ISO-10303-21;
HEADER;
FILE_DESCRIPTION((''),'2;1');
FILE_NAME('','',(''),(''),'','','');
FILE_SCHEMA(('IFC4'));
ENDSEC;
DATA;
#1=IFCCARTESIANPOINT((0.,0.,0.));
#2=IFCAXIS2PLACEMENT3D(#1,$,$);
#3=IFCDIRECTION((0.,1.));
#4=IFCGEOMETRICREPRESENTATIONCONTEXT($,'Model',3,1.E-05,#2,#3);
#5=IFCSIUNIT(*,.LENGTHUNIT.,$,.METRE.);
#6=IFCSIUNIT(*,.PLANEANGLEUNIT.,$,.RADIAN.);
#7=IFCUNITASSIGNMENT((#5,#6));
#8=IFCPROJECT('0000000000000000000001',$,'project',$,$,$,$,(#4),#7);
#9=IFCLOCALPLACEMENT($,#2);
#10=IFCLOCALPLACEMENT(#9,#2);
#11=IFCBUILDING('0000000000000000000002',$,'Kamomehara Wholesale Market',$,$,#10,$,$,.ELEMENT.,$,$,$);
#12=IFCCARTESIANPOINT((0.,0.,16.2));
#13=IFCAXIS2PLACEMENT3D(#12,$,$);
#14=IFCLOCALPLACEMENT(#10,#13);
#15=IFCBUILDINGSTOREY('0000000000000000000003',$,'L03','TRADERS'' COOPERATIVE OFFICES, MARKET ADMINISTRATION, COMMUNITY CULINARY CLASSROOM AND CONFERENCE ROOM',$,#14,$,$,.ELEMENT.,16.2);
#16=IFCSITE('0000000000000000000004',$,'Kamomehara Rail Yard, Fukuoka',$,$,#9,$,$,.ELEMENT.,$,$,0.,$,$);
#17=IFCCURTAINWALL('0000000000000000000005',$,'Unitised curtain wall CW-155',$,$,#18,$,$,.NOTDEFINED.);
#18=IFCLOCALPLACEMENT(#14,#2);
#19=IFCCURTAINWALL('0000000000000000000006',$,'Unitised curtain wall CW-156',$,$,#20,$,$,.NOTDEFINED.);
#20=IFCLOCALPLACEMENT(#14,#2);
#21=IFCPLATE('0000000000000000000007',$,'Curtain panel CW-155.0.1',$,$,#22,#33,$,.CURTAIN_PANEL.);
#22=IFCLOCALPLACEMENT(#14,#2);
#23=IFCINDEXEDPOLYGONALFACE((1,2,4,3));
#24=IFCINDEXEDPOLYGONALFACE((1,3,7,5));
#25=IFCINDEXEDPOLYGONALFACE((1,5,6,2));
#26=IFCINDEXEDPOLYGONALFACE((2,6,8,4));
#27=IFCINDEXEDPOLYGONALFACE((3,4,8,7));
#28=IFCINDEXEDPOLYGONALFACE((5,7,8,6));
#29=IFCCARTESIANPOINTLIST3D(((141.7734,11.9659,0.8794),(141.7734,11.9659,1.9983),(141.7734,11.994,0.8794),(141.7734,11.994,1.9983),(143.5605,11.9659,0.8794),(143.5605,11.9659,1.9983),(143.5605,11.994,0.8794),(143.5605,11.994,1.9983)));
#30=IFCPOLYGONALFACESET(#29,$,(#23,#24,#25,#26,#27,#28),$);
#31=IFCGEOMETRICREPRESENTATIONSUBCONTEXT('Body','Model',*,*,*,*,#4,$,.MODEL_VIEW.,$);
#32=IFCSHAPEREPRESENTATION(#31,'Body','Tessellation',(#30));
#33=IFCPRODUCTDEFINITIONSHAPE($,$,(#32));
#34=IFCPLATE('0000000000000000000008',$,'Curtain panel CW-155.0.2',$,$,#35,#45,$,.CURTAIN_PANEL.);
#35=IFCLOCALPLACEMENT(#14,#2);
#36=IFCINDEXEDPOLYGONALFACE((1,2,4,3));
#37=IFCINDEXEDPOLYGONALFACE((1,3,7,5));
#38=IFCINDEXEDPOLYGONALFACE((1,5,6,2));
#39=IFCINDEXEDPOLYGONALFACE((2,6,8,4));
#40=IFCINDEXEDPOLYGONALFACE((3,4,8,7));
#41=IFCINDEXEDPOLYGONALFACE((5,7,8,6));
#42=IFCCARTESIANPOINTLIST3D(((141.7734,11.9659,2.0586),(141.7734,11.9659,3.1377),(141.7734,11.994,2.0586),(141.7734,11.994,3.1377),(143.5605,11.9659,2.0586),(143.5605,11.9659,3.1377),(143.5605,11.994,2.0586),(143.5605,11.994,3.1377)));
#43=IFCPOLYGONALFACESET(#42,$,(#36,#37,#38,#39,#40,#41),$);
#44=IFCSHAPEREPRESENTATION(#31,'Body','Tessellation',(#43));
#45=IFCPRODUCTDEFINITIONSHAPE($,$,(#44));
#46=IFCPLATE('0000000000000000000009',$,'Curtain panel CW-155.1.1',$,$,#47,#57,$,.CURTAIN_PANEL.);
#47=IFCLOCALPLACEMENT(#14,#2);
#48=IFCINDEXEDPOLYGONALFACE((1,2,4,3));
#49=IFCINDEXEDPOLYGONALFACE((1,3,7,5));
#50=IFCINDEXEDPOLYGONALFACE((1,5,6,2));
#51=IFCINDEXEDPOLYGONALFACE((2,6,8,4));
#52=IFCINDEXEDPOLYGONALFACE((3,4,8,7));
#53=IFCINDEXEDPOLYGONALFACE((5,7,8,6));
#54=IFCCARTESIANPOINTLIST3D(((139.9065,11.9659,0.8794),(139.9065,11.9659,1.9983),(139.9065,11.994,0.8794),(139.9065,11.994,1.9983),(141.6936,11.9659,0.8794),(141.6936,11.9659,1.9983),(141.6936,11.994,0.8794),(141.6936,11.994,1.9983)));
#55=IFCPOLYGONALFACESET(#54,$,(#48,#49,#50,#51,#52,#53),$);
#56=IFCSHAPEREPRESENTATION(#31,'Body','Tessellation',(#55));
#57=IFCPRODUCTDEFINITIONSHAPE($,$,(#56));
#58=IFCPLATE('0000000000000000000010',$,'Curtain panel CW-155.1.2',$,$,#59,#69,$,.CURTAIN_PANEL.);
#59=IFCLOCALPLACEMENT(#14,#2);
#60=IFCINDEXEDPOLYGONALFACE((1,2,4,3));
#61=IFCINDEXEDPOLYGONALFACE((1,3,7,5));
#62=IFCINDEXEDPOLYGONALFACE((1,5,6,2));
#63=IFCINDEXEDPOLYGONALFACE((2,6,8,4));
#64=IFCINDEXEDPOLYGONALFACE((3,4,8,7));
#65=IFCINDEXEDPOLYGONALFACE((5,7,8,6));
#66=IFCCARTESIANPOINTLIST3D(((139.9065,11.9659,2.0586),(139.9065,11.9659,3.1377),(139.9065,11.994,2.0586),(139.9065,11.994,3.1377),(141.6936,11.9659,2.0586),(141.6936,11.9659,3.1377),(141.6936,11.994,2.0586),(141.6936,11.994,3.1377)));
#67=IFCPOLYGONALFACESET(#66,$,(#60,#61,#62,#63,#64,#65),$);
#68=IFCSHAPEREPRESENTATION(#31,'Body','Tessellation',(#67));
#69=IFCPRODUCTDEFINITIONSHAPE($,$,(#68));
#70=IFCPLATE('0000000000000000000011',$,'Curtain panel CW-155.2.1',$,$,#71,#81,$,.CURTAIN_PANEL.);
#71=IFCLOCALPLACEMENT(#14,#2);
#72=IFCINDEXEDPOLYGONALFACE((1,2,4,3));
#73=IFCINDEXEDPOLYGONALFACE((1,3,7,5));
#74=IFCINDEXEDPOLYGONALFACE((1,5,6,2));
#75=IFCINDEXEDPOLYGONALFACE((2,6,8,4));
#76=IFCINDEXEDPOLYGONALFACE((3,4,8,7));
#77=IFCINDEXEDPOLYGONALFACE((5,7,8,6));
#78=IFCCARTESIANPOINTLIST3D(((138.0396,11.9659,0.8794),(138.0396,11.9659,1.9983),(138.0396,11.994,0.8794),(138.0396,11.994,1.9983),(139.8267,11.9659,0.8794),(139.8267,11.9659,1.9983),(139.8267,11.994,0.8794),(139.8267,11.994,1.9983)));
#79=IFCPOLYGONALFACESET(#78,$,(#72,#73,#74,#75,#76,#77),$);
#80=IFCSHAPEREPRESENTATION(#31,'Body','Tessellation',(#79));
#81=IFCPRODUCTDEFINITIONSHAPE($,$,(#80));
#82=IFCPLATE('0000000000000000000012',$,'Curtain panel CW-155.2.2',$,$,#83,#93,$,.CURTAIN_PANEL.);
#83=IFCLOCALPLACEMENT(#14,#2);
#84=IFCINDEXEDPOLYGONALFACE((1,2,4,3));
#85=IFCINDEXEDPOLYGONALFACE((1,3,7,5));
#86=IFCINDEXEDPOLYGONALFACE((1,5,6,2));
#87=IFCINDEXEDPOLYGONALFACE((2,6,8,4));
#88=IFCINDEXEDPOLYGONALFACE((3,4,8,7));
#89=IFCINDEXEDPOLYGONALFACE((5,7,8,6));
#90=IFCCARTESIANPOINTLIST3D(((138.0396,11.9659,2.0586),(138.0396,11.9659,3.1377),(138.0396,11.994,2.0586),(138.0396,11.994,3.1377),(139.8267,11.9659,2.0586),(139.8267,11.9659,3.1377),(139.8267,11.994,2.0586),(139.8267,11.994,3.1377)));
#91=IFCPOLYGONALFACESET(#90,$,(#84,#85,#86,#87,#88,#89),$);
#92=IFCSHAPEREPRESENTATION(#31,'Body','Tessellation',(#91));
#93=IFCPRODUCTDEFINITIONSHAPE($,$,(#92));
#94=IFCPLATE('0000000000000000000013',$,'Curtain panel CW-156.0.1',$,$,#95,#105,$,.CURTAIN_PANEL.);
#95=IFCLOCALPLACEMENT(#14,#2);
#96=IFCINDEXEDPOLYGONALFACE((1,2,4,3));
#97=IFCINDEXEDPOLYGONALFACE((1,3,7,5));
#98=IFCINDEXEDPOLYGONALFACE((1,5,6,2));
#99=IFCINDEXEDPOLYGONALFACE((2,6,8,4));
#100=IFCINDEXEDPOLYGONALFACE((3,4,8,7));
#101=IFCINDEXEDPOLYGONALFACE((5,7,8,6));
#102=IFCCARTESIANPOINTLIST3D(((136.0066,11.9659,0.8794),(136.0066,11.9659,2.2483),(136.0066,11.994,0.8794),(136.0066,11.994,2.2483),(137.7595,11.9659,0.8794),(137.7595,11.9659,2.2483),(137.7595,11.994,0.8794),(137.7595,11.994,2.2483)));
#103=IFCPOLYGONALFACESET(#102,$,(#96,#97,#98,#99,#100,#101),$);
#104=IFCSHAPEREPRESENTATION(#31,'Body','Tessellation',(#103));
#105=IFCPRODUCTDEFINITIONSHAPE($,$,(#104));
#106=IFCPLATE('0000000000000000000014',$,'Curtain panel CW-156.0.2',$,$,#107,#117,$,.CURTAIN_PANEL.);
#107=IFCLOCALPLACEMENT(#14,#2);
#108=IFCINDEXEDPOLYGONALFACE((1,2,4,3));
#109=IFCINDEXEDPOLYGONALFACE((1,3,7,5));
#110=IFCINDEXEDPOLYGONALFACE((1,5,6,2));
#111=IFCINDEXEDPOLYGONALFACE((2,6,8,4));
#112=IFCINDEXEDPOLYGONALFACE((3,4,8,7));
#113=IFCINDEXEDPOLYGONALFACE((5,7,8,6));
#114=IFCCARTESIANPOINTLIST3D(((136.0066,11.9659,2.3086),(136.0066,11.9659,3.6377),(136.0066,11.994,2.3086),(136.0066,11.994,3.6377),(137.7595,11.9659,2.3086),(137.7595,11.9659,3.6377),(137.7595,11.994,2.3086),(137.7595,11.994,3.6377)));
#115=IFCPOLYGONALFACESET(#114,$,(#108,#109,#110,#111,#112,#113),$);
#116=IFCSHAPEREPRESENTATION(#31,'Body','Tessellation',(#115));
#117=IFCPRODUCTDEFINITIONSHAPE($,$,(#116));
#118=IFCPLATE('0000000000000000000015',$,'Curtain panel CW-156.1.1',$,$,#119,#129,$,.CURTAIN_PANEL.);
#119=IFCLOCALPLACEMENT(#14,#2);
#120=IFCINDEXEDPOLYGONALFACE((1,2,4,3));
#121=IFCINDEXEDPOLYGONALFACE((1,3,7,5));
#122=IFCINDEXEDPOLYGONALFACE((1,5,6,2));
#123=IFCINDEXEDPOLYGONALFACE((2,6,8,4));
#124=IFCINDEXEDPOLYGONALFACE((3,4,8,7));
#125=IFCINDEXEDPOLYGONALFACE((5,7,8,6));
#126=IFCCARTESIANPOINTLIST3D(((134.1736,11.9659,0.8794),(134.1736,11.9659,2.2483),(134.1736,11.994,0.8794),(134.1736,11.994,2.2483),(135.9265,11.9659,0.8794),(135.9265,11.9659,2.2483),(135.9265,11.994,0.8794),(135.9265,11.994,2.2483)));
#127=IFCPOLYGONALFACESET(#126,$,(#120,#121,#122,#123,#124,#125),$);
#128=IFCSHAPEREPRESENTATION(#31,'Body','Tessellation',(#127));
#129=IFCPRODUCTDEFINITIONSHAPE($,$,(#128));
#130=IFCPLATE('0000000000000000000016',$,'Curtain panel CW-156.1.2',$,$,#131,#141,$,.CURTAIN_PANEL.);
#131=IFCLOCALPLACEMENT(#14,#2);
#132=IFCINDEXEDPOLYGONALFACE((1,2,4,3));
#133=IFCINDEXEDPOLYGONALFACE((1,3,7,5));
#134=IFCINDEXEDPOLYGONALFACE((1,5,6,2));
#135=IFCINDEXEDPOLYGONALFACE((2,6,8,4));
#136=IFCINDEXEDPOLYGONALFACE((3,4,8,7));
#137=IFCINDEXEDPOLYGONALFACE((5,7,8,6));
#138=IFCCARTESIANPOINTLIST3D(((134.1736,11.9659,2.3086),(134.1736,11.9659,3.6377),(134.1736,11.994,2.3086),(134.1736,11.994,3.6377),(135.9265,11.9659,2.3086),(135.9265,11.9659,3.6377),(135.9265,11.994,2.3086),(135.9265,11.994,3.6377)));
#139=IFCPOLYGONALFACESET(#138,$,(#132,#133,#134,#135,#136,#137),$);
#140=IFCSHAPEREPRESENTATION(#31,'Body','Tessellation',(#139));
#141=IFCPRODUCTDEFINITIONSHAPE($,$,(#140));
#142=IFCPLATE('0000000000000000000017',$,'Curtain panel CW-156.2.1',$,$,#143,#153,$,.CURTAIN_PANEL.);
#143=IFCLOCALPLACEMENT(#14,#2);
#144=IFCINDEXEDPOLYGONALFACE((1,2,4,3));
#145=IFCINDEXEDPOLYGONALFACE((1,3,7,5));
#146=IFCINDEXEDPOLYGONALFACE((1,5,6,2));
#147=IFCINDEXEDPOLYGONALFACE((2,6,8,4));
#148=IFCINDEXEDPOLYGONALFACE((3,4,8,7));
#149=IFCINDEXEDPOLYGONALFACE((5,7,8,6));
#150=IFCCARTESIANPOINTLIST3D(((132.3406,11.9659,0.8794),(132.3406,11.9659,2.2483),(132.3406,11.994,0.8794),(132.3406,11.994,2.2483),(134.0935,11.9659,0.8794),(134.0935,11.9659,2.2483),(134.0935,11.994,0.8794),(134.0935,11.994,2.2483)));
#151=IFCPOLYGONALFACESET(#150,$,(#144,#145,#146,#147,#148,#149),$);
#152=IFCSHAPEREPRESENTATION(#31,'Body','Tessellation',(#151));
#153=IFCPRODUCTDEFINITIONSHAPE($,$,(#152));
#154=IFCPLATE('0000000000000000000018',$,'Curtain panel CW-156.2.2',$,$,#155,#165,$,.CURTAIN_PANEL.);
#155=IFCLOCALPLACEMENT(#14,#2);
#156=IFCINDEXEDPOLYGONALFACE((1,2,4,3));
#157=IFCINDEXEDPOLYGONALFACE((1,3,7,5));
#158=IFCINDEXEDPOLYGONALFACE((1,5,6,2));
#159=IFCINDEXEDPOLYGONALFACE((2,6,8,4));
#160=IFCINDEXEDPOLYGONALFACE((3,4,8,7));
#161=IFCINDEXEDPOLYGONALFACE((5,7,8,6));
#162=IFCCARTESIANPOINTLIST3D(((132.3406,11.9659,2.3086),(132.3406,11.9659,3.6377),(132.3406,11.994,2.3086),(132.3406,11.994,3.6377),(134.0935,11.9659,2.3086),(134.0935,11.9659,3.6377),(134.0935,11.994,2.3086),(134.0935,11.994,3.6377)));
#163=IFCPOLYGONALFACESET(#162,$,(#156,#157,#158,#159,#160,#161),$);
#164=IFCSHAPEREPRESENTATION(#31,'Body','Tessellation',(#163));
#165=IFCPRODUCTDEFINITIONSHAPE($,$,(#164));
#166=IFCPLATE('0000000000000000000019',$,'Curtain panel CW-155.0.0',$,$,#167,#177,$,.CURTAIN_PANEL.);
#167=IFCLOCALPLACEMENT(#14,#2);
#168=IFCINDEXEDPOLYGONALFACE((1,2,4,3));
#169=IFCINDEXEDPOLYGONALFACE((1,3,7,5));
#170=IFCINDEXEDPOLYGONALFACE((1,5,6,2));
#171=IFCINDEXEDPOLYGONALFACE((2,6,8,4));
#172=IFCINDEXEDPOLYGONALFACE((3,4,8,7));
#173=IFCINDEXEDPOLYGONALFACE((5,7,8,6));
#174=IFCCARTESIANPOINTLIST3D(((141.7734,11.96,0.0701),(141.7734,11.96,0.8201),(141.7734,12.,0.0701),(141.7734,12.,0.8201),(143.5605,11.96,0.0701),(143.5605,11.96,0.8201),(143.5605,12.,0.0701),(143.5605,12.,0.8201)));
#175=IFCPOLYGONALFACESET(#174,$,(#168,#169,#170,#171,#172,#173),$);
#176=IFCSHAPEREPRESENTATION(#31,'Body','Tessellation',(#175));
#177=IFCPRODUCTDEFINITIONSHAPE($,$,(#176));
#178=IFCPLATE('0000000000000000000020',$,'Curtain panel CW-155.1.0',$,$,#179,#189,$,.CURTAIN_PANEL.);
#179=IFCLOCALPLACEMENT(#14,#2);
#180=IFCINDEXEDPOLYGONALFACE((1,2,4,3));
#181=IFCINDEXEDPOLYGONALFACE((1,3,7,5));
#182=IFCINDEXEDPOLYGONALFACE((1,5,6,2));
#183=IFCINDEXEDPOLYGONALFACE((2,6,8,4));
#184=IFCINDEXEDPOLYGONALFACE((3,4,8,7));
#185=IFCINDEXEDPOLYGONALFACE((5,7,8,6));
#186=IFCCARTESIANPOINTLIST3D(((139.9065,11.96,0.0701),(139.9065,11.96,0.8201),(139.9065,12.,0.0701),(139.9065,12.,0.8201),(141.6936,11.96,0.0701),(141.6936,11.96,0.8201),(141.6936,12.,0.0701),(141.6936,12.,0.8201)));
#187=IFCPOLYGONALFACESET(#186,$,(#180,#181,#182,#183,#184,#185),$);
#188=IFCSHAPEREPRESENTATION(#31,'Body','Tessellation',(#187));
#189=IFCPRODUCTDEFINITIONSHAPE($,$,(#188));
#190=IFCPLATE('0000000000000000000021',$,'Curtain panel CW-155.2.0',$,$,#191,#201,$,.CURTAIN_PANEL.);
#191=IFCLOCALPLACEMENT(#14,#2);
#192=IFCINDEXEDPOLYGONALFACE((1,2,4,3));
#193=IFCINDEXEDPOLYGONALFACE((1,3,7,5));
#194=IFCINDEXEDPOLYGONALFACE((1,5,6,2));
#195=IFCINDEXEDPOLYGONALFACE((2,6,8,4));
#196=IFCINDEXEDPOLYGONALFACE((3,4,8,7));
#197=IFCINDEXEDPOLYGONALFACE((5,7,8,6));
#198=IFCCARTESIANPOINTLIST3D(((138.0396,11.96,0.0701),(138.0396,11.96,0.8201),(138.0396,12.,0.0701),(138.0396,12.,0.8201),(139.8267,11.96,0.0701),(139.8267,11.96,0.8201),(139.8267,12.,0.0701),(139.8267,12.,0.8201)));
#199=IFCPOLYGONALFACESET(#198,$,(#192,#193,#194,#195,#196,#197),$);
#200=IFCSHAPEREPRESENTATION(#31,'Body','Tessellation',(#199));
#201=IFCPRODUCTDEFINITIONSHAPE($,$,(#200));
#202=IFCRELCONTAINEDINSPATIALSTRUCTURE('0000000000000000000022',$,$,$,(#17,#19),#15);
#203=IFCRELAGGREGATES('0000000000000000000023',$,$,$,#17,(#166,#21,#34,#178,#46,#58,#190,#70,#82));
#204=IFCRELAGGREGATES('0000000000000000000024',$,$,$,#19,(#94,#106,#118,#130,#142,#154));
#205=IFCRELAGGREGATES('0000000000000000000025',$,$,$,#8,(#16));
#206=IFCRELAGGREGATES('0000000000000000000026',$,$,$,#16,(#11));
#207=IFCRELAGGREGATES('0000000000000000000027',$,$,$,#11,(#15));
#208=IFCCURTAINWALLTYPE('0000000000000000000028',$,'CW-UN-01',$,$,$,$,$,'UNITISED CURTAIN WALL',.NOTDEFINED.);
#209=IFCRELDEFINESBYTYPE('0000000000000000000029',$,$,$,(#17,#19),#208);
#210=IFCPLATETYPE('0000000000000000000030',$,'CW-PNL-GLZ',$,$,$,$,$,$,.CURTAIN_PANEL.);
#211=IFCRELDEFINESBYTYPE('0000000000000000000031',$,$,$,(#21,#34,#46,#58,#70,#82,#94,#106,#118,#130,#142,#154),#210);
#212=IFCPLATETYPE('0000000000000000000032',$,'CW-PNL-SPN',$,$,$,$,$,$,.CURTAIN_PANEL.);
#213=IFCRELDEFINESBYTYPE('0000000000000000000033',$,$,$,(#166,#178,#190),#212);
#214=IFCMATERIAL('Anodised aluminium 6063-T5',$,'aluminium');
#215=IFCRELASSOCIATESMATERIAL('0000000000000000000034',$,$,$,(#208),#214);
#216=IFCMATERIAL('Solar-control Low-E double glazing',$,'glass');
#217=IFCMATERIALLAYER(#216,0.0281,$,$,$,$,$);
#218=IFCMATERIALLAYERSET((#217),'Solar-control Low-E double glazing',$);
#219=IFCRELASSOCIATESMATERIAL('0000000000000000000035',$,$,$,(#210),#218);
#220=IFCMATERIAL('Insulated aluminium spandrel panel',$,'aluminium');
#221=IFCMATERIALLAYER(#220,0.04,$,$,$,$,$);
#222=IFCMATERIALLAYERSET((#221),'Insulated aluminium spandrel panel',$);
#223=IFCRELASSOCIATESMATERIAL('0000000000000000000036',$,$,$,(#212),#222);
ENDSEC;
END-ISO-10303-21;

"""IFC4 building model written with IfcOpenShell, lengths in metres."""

from ifc_helpers import new_model, si_unit, direction, frame, origin, origin_2d, place, context, subcontext, project, spatial, rectangle, extrude, material, layer, layer_set, type_object, element, aggregate, save


model = new_model("IFC4")

# Units and contexts
model_context = context("Model", 3, precision=1e-05, world=origin(), true_north=direction((0.0, 1.0)))
body_context = subcontext(model_context, "Body", "Model", "MODEL_VIEW")
ifc_project = project(units=[si_unit("LENGTHUNIT", "METRE"), si_unit("PLANEANGLEUNIT", "RADIAN")], contexts=[model_context])

# Site, building, storey
site_placement = place(None, origin())
site = spatial("IfcSite", under=ifc_project, at=site_placement, Name="Kamomehara Rail Yard, Fukuoka", CompositionType="ELEMENT", RefElevation=0.0)
building_placement = place(site_placement, origin())
building = spatial("IfcBuilding", under=site, at=building_placement, Name="Kamomehara Wholesale Market", CompositionType="ELEMENT")
storey_placement = place(building_placement, frame((0.0, 0.0, 16.2)))
storey = spatial("IfcBuildingStorey", under=building, at=storey_placement, Name="L03", Description="TRADERS' COOPERATIVE OFFICES, MARKET ADMINISTRATION, COMMUNITY CULINARY CLASSROOM AND CONFERENCE ROOM", CompositionType="ELEMENT", Elevation=16.2)

# Curtain walls
ifc_material_1 = material(Name="Anodised aluminium 6063-T5", Category="aluminium")
curtain_wall_type = type_object("IfcCurtainWallType", Name="CW-UN-01", ElementType="UNITISED CURTAIN WALL", PredefinedType="NOTDEFINED", material=ifc_material_1)
curtain_wall_1_placement = place(storey_placement, origin())
curtain_wall_1 = element("IfcCurtainWall", 1, at=curtain_wall_1_placement, inside=storey, type_object=curtain_wall_type, Name="Unitised curtain wall CW-155", PredefinedType="NOTDEFINED")
curtain_wall_2_placement = place(storey_placement, origin())
curtain_wall_2 = element("IfcCurtainWall", 2, at=curtain_wall_2_placement, inside=storey, type_object=curtain_wall_type, Name="Unitised curtain wall CW-156", PredefinedType="NOTDEFINED")

# Plates
ifc_material_2 = material(Name="Solar-control Low-E double glazing", Category="glass")
ifc_layer_1 = layer(ifc_material_2, 0.0281)
ifc_layer_set_1 = layer_set([ifc_layer_1], Name="Solar-control Low-E double glazing")
plate_type_1 = type_object("IfcPlateType", Name="CW-PNL-GLZ", PredefinedType="CURTAIN_PANEL", material=ifc_layer_set_1)
plate_1_placement = place(storey_placement, frame((142.667, 11.98, 0.8794), z_axis=(0.0, 0.0, 1.0), x_axis=(-1.0, 0.0, 0.0)))
plate_1 = element("IfcPlate", 3, at=plate_1_placement, type_object=plate_type_1, Name="Curtain panel CW-155.0.1", PredefinedType="CURTAIN_PANEL", context=body_context, shape_type="SweptSolid", body=[
    extrude(rectangle(XDim=1.7871, YDim=0.0281, at=origin_2d()), origin(), (0.0, 0.0, 1.0), 1.1189),
])
plate_2_placement = place(storey_placement, frame((142.667, 11.98, 2.0586), z_axis=(0.0, 0.0, 1.0), x_axis=(-1.0, 0.0, 0.0)))
plate_2 = element("IfcPlate", 4, at=plate_2_placement, type_object=plate_type_1, Name="Curtain panel CW-155.0.2", PredefinedType="CURTAIN_PANEL", context=body_context, shape_type="SweptSolid", body=[
    extrude(rectangle(XDim=1.7871, YDim=0.0281, at=origin_2d()), origin(), (0.0, 0.0, 1.0), 1.0791),
])
plate_3_placement = place(storey_placement, frame((140.8, 11.98, 0.8794), z_axis=(0.0, 0.0, 1.0), x_axis=(-1.0, 0.0, 0.0)))
plate_3 = element("IfcPlate", 5, at=plate_3_placement, type_object=plate_type_1, Name="Curtain panel CW-155.1.1", PredefinedType="CURTAIN_PANEL", context=body_context, shape_type="SweptSolid", body=[
    extrude(rectangle(XDim=1.7871, YDim=0.0281, at=origin_2d()), origin(), (0.0, 0.0, 1.0), 1.1189),
])
plate_4_placement = place(storey_placement, frame((140.8, 11.98, 2.0586), z_axis=(0.0, 0.0, 1.0), x_axis=(-1.0, 0.0, 0.0)))
plate_4 = element("IfcPlate", 6, at=plate_4_placement, type_object=plate_type_1, Name="Curtain panel CW-155.1.2", PredefinedType="CURTAIN_PANEL", context=body_context, shape_type="SweptSolid", body=[
    extrude(rectangle(XDim=1.7871, YDim=0.0281, at=origin_2d()), origin(), (0.0, 0.0, 1.0), 1.0791),
])
plate_5_placement = place(storey_placement, frame((138.9331, 11.98, 0.8794), z_axis=(0.0, 0.0, 1.0), x_axis=(-1.0, 0.0, 0.0)))
plate_5 = element("IfcPlate", 7, at=plate_5_placement, type_object=plate_type_1, Name="Curtain panel CW-155.2.1", PredefinedType="CURTAIN_PANEL", context=body_context, shape_type="SweptSolid", body=[
    extrude(rectangle(XDim=1.7871, YDim=0.0281, at=origin_2d()), origin(), (0.0, 0.0, 1.0), 1.1189),
])
plate_6_placement = place(storey_placement, frame((138.9331, 11.98, 2.0586), z_axis=(0.0, 0.0, 1.0), x_axis=(-1.0, 0.0, 0.0)))
plate_6 = element("IfcPlate", 8, at=plate_6_placement, type_object=plate_type_1, Name="Curtain panel CW-155.2.2", PredefinedType="CURTAIN_PANEL", context=body_context, shape_type="SweptSolid", body=[
    extrude(rectangle(XDim=1.7871, YDim=0.0281, at=origin_2d()), origin(), (0.0, 0.0, 1.0), 1.0791),
])
plate_7_placement = place(storey_placement, frame((136.8831, 11.98, 0.8794), z_axis=(0.0, 0.0, 1.0), x_axis=(-1.0, 0.0, 0.0)))
plate_7 = element("IfcPlate", 9, at=plate_7_placement, type_object=plate_type_1, Name="Curtain panel CW-156.0.1", PredefinedType="CURTAIN_PANEL", context=body_context, shape_type="SweptSolid", body=[
    extrude(rectangle(XDim=1.7529, YDim=0.0281, at=origin_2d()), origin(), (0.0, 0.0, 1.0), 1.3689),
])
plate_8_placement = place(storey_placement, frame((136.8831, 11.98, 2.3086), z_axis=(0.0, 0.0, 1.0), x_axis=(-1.0, 0.0, 0.0)))
plate_8 = element("IfcPlate", 10, at=plate_8_placement, type_object=plate_type_1, Name="Curtain panel CW-156.0.2", PredefinedType="CURTAIN_PANEL", context=body_context, shape_type="SweptSolid", body=[
    extrude(rectangle(XDim=1.7529, YDim=0.0281, at=origin_2d()), origin(), (0.0, 0.0, 1.0), 1.3291),
])
plate_9_placement = place(storey_placement, frame((135.05, 11.98, 0.8794), z_axis=(0.0, 0.0, 1.0), x_axis=(-1.0, 0.0, 0.0)))
plate_9 = element("IfcPlate", 11, at=plate_9_placement, type_object=plate_type_1, Name="Curtain panel CW-156.1.1", PredefinedType="CURTAIN_PANEL", context=body_context, shape_type="SweptSolid", body=[
    extrude(rectangle(XDim=1.7529, YDim=0.0281, at=origin_2d()), origin(), (0.0, 0.0, 1.0), 1.3689),
])
plate_10_placement = place(storey_placement, frame((135.05, 11.98, 2.3086), z_axis=(0.0, 0.0, 1.0), x_axis=(-1.0, 0.0, 0.0)))
plate_10 = element("IfcPlate", 12, at=plate_10_placement, type_object=plate_type_1, Name="Curtain panel CW-156.1.2", PredefinedType="CURTAIN_PANEL", context=body_context, shape_type="SweptSolid", body=[
    extrude(rectangle(XDim=1.7529, YDim=0.0281, at=origin_2d()), origin(), (0.0, 0.0, 1.0), 1.3291),
])
plate_11_placement = place(storey_placement, frame((133.217, 11.98, 0.8794), z_axis=(0.0, 0.0, 1.0), x_axis=(-1.0, 0.0, 0.0)))
plate_11 = element("IfcPlate", 13, at=plate_11_placement, type_object=plate_type_1, Name="Curtain panel CW-156.2.1", PredefinedType="CURTAIN_PANEL", context=body_context, shape_type="SweptSolid", body=[
    extrude(rectangle(XDim=1.7529, YDim=0.0281, at=origin_2d()), origin(), (0.0, 0.0, 1.0), 1.3689),
])
plate_12_placement = place(storey_placement, frame((133.217, 11.98, 2.3086), z_axis=(0.0, 0.0, 1.0), x_axis=(-1.0, 0.0, 0.0)))
plate_12 = element("IfcPlate", 14, at=plate_12_placement, type_object=plate_type_1, Name="Curtain panel CW-156.2.2", PredefinedType="CURTAIN_PANEL", context=body_context, shape_type="SweptSolid", body=[
    extrude(rectangle(XDim=1.7529, YDim=0.0281, at=origin_2d()), origin(), (0.0, 0.0, 1.0), 1.3291),
])
ifc_material_3 = material(Name="Insulated aluminium spandrel panel", Category="aluminium")
ifc_layer_2 = layer(ifc_material_3, 0.04)
ifc_layer_set_2 = layer_set([ifc_layer_2], Name="Insulated aluminium spandrel panel")
plate_type_2 = type_object("IfcPlateType", Name="CW-PNL-SPN", PredefinedType="CURTAIN_PANEL", material=ifc_layer_set_2)
plate_13_placement = place(storey_placement, frame((142.667, 11.98, 0.0701), z_axis=(0.0, 0.0, 1.0), x_axis=(-1.0, 0.0, 0.0)))
plate_13 = element("IfcPlate", 15, at=plate_13_placement, type_object=plate_type_2, Name="Curtain panel CW-155.0.0", PredefinedType="CURTAIN_PANEL", context=body_context, shape_type="SweptSolid", body=[
    extrude(rectangle(XDim=1.7871, YDim=0.04, at=origin_2d()), origin(), (0.0, 0.0, 1.0), 0.75),
])
plate_14_placement = place(storey_placement, frame((140.8, 11.98, 0.0701), z_axis=(0.0, 0.0, 1.0), x_axis=(-1.0, 0.0, 0.0)))
plate_14 = element("IfcPlate", 16, at=plate_14_placement, type_object=plate_type_2, Name="Curtain panel CW-155.1.0", PredefinedType="CURTAIN_PANEL", context=body_context, shape_type="SweptSolid", body=[
    extrude(rectangle(XDim=1.7871, YDim=0.04, at=origin_2d()), origin(), (0.0, 0.0, 1.0), 0.75),
])
plate_15_placement = place(storey_placement, frame((138.9331, 11.98, 0.0701), z_axis=(0.0, 0.0, 1.0), x_axis=(-1.0, 0.0, 0.0)))
plate_15 = element("IfcPlate", 17, at=plate_15_placement, type_object=plate_type_2, Name="Curtain panel CW-155.2.0", PredefinedType="CURTAIN_PANEL", context=body_context, shape_type="SweptSolid", body=[
    extrude(rectangle(XDim=1.7871, YDim=0.04, at=origin_2d()), origin(), (0.0, 0.0, 1.0), 0.75),
])
aggregate(curtain_wall_1, [plate_13, plate_1, plate_2, plate_14, plate_3, plate_4, plate_15, plate_5, plate_6])
aggregate(curtain_wall_2, [plate_7, plate_8, plate_9, plate_10, plate_11, plate_12])

save(model, "model.ifc")
